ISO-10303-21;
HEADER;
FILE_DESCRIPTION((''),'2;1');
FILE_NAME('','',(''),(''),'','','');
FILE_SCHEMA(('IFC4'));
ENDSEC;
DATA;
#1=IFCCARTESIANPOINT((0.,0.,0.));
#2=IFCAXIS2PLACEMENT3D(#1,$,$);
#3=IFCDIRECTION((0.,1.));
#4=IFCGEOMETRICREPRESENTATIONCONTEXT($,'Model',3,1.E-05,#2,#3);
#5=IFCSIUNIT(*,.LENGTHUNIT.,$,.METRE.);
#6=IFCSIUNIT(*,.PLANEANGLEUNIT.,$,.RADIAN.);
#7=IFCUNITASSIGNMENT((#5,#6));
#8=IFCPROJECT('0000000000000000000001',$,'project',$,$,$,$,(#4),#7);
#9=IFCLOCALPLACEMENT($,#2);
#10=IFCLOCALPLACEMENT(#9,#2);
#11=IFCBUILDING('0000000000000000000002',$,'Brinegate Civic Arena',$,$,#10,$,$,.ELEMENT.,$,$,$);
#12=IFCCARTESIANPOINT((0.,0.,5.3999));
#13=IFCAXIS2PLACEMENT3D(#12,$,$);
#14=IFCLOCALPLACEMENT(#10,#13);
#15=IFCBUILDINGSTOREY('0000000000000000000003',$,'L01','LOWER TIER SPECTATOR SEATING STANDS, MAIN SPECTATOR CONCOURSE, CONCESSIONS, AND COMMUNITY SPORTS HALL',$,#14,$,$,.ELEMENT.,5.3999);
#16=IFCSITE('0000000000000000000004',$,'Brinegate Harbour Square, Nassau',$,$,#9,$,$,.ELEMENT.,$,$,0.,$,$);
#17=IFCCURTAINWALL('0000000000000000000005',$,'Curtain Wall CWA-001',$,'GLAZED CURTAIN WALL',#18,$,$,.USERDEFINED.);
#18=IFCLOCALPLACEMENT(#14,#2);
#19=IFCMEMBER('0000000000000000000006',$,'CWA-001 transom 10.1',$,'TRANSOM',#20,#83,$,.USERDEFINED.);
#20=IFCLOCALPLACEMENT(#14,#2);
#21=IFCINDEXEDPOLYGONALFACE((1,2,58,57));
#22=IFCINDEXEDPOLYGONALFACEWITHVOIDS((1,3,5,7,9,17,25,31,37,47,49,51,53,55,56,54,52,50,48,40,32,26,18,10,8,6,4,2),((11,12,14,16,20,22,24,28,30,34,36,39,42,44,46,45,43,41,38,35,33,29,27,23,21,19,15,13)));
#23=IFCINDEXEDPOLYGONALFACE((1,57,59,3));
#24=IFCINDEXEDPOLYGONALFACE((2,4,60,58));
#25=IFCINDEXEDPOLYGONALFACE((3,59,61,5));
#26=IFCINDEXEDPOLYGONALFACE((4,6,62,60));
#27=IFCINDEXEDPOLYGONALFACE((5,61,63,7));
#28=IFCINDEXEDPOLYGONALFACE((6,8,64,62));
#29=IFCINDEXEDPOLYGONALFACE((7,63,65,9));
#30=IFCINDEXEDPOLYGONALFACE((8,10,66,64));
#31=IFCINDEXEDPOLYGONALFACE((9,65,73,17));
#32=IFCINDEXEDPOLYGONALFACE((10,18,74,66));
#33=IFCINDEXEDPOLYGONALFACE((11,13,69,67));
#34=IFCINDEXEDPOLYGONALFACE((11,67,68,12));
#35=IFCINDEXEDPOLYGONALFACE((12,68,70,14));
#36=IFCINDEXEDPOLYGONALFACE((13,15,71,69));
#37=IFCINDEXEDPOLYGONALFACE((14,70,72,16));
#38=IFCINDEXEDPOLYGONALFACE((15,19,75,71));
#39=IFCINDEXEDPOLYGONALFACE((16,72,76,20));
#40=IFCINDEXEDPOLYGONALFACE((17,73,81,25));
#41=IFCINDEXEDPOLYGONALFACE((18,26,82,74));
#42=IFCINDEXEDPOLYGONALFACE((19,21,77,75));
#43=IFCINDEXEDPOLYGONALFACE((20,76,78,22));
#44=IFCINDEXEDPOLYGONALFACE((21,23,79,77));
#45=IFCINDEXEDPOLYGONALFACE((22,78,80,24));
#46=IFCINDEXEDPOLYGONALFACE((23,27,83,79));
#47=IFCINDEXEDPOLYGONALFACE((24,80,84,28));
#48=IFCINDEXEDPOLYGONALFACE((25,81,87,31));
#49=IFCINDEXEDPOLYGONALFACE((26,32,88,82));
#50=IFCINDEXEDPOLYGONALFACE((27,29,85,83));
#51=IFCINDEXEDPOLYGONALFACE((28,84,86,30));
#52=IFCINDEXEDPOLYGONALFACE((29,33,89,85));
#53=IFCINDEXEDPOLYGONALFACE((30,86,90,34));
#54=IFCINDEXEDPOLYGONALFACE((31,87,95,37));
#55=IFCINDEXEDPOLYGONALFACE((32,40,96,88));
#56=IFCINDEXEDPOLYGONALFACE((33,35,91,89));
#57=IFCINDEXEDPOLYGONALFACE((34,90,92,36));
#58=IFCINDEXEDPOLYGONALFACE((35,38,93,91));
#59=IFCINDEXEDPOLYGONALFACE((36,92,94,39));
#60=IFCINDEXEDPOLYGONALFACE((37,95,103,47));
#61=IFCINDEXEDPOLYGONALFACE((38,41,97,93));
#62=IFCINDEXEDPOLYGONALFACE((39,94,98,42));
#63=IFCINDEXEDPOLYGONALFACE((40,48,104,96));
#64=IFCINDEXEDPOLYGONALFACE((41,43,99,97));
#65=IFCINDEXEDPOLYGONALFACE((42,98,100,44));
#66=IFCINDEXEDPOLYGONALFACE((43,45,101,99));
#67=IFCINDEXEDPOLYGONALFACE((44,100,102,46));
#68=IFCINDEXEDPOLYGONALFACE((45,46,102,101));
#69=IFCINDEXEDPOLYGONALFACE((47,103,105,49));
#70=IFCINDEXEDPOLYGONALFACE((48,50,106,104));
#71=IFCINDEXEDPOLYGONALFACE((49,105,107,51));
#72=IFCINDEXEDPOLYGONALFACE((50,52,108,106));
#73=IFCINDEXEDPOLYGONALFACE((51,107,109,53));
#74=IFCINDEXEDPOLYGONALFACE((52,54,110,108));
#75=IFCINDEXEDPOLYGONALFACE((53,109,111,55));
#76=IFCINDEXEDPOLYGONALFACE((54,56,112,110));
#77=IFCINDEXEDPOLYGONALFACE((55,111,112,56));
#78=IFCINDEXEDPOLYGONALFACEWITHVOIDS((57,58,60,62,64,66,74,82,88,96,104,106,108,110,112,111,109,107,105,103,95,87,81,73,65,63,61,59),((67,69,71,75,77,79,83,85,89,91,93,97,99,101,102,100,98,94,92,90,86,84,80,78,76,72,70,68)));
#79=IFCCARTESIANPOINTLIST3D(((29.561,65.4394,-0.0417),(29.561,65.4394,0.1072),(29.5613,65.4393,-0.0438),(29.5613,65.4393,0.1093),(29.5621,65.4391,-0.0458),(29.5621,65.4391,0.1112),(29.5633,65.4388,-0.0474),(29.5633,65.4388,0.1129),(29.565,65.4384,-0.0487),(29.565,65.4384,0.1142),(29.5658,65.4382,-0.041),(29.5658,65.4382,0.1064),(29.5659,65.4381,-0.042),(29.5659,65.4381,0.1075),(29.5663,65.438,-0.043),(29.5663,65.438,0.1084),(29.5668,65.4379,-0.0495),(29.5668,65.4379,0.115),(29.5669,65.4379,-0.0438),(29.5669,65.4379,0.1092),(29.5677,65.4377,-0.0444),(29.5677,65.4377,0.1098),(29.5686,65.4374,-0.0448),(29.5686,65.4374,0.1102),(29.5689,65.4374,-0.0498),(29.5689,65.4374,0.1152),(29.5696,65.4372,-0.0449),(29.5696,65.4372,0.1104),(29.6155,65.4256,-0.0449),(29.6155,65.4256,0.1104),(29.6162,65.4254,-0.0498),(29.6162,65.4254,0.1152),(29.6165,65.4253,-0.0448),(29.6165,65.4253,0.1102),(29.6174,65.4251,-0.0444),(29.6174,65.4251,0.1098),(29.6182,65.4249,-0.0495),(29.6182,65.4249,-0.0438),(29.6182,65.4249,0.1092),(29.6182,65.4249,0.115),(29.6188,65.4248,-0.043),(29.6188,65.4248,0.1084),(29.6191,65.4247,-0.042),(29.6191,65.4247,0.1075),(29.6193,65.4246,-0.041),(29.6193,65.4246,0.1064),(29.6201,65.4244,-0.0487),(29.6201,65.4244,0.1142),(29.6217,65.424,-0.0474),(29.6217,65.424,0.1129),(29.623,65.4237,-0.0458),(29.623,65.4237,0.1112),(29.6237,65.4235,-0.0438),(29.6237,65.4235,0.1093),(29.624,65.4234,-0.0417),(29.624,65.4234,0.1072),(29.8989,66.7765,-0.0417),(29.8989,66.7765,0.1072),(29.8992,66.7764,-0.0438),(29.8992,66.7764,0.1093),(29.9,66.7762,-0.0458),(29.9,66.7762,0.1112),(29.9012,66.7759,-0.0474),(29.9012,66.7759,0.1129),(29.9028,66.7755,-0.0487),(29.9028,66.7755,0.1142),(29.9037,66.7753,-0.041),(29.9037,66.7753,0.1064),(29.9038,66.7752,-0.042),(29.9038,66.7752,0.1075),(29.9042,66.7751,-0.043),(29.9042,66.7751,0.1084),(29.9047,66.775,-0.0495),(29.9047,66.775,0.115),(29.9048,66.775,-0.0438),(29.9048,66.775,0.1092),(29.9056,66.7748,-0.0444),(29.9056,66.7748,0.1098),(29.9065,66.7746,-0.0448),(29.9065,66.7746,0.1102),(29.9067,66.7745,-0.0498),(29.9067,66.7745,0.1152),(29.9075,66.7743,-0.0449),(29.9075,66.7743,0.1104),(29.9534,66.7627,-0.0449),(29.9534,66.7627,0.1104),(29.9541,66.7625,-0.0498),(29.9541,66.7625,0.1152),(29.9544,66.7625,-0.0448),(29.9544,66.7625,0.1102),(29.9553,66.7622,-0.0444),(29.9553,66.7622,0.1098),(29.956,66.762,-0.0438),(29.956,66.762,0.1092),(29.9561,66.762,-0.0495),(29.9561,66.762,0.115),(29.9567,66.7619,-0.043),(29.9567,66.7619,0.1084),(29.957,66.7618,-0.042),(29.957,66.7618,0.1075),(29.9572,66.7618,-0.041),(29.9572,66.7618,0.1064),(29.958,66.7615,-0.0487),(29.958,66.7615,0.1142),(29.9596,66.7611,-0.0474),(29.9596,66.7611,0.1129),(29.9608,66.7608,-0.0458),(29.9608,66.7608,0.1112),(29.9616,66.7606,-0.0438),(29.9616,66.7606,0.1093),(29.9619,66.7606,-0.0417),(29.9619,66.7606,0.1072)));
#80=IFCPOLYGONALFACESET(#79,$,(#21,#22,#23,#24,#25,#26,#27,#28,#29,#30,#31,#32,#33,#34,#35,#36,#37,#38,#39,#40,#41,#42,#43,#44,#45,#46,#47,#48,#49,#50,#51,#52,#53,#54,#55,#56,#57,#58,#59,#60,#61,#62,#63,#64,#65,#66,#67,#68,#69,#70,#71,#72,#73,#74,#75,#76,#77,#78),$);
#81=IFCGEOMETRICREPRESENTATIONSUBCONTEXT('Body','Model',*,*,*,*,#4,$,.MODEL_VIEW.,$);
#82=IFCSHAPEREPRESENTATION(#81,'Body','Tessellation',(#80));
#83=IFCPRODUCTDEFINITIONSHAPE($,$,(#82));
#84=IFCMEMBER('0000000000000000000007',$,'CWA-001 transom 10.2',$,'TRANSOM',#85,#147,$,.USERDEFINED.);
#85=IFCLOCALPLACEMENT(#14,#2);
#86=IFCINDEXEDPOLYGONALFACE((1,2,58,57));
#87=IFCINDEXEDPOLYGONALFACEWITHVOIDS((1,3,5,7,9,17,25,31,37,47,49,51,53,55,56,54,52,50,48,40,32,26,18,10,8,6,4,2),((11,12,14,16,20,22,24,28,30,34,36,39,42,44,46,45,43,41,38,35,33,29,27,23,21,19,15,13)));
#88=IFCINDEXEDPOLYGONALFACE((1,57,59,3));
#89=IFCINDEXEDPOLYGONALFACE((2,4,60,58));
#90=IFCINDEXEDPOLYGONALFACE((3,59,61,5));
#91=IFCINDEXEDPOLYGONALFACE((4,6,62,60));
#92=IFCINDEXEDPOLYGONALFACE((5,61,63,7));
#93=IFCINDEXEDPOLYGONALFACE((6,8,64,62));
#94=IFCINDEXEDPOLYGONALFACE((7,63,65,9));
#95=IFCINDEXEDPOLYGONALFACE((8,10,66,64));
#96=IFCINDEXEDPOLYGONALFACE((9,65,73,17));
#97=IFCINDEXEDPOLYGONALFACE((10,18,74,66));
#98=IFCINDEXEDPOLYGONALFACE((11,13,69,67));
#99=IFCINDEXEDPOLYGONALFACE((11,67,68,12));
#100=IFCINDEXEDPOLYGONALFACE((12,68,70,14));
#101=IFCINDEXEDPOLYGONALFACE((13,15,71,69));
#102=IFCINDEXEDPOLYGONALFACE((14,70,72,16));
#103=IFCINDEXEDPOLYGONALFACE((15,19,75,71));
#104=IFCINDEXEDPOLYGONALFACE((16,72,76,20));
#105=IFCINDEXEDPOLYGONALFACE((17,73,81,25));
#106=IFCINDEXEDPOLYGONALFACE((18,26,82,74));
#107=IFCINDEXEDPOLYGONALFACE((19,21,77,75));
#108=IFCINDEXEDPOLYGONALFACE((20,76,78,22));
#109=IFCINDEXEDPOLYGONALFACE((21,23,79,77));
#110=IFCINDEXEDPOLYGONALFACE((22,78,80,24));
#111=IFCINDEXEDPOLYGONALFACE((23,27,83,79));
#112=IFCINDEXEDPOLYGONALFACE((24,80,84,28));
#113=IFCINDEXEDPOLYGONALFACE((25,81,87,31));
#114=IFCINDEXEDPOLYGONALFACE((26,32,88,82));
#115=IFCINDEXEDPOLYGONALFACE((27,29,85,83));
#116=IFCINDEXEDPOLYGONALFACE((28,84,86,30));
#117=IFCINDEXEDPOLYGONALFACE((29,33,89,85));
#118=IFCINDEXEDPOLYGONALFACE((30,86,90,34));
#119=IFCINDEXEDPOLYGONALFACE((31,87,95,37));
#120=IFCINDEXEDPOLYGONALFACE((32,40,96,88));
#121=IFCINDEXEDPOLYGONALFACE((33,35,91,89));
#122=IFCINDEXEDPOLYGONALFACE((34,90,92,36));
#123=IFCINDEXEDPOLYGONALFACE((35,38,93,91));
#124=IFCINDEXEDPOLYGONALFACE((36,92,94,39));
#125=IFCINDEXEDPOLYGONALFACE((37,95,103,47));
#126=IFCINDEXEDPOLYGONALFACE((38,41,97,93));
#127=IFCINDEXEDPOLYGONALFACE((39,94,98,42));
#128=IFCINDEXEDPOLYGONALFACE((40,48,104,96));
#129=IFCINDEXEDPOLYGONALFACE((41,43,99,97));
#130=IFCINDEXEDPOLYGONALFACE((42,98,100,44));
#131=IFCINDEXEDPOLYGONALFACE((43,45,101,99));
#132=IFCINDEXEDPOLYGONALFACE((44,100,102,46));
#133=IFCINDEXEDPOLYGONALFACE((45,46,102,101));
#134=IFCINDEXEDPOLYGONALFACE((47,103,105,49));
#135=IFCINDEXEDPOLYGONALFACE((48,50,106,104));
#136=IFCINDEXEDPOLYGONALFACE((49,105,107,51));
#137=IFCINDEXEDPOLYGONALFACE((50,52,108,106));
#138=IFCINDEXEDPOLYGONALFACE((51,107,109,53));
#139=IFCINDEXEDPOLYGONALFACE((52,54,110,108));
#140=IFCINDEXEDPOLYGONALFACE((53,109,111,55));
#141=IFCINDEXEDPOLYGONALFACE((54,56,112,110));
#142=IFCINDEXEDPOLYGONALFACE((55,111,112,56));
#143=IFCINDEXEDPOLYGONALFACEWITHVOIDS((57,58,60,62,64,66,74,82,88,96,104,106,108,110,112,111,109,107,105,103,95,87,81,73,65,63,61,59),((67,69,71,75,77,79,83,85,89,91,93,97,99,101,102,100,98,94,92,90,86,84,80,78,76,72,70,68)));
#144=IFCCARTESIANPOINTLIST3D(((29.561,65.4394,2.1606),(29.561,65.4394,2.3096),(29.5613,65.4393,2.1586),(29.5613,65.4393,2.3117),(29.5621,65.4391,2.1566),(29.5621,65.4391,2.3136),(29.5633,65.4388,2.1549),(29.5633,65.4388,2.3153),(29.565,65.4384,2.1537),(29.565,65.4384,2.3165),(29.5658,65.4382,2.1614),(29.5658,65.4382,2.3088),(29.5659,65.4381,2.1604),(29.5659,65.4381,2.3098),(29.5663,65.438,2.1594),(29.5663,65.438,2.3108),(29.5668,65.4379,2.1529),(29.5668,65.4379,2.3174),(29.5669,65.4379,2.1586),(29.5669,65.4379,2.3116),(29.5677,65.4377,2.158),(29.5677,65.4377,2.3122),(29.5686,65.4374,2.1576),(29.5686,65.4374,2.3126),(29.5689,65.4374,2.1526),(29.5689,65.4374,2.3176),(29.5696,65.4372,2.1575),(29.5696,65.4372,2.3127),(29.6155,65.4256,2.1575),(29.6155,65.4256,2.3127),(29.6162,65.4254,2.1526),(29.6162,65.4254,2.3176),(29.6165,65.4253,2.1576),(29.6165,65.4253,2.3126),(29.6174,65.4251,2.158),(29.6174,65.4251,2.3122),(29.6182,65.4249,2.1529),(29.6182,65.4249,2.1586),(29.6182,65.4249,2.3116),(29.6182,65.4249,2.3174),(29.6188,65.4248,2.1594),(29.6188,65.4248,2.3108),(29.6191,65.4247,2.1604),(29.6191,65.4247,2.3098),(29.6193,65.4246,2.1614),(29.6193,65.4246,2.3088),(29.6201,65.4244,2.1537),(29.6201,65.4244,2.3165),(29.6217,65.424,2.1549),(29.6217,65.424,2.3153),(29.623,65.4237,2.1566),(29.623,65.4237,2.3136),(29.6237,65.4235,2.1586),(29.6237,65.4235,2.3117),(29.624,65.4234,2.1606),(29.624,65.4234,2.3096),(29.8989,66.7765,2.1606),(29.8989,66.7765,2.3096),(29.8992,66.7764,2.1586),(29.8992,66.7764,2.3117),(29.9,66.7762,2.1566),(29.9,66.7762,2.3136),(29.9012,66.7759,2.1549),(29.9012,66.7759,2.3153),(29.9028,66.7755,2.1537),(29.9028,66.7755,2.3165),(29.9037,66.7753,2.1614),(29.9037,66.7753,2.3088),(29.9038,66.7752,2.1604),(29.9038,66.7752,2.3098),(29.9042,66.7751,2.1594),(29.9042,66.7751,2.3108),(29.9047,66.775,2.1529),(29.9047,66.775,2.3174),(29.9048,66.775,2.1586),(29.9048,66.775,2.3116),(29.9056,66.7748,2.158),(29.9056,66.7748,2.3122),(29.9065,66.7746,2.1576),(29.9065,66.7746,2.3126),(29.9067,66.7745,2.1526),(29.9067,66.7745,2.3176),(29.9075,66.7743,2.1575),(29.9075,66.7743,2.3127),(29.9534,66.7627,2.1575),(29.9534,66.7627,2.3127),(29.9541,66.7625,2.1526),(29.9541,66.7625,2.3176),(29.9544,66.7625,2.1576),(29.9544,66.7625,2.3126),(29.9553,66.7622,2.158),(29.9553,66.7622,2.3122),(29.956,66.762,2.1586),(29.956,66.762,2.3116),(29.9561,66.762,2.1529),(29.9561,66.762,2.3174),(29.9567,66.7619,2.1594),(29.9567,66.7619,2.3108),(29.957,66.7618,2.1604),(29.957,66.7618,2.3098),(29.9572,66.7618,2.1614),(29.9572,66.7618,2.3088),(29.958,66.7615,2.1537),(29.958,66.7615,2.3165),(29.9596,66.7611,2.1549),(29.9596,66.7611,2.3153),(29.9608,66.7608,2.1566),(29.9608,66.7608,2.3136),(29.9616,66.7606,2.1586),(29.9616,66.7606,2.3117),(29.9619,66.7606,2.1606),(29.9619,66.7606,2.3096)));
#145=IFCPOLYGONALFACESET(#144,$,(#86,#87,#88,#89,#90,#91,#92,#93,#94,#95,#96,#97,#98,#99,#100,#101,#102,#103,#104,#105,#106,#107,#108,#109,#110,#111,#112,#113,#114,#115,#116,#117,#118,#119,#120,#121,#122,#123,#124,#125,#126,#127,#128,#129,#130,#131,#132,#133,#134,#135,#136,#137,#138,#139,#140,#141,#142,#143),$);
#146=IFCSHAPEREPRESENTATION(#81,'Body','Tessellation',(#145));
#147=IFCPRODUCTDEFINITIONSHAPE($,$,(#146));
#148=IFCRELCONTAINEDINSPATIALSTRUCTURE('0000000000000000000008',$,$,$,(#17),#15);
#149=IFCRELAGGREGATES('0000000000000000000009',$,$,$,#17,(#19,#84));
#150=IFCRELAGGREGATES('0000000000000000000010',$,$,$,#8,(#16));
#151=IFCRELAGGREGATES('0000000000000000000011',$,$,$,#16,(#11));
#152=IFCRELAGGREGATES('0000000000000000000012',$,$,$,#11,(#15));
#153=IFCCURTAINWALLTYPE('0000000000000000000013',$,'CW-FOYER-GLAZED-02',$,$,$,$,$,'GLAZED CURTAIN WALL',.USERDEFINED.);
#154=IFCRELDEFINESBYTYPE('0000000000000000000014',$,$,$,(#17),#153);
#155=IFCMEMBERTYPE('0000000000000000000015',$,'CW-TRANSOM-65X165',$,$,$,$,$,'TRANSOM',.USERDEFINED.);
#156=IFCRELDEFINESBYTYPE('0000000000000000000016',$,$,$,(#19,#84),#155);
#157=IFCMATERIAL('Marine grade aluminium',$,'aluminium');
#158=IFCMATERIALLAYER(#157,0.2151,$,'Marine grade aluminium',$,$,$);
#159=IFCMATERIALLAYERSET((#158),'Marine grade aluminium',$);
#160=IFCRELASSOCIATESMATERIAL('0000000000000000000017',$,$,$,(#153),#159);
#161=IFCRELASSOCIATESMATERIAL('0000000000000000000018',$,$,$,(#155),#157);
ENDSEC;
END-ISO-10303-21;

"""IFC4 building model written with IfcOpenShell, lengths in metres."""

from ifc_helpers import new_model, si_unit, direction, frame, origin, origin_2d, place, context, subcontext, project, spatial, hollow_rectangle, extrude, material, layer, layer_set, material_profile, profile_set, type_object, element, aggregate, save


model = new_model("IFC4")

# Units and contexts
model_context = context("Model", 3, precision=1e-05, world=origin(), true_north=direction((0.0, 1.0)))
body_context = subcontext(model_context, "Body", "Model", "MODEL_VIEW")
ifc_project = project(units=[si_unit("LENGTHUNIT", "METRE"), si_unit("PLANEANGLEUNIT", "RADIAN")], contexts=[model_context])

# Site, building, storey
site_placement = place(None, origin())
site = spatial("IfcSite", under=ifc_project, at=site_placement, Name="Brinegate Harbour Square, Nassau", CompositionType="ELEMENT", RefElevation=0.0)
building_placement = place(site_placement, origin())
building = spatial("IfcBuilding", under=site, at=building_placement, Name="Brinegate Civic Arena", CompositionType="ELEMENT")
storey_placement = place(building_placement, frame((0.0, 0.0, 5.3999)))
storey = spatial("IfcBuildingStorey", under=building, at=storey_placement, Name="L01", Description="LOWER TIER SPECTATOR SEATING STANDS, MAIN SPECTATOR CONCOURSE, CONCESSIONS, AND COMMUNITY SPORTS HALL", CompositionType="ELEMENT", Elevation=5.3999)

# Curtain wall, members
ifc_material_1 = material(Name="Marine grade aluminium", Category="aluminium")
ifc_layer_1 = layer(ifc_material_1, 0.2151, Name="Marine grade aluminium")
ifc_layer_set_1 = layer_set([ifc_layer_1], Name="Marine grade aluminium")
curtain_wall_type = type_object("IfcCurtainWallType", Name="CW-FOYER-GLAZED-02", ElementType="GLAZED CURTAIN WALL", PredefinedType="USERDEFINED", material=ifc_layer_set_1)
curtain_wall_placement = place(storey_placement, origin())
curtain_wall = element("IfcCurtainWall", 1, at=curtain_wall_placement, inside=storey, type_object=curtain_wall_type, Name="Curtain Wall CWA-001", ObjectType="GLAZED CURTAIN WALL", PredefinedType="USERDEFINED")
ifc_material_profile_1 = material_profile(ifc_material_1, hollow_rectangle(XDim=0.0649, YDim=0.165, WallThickness=0.0049, InnerFilletRadius=0.0039, OuterFilletRadius=0.0081, at=origin_2d()), Name="TRN65X165")
ifc_profile_set_1 = profile_set([ifc_material_profile_1], Name="Marine grade aluminium")
member_type_1 = type_object("IfcMemberType", Name="CW-TRANSOM-65X165", ElementType="TRANSOM", PredefinedType="USERDEFINED", material=ifc_profile_set_1)
member_1_placement = place(storey_placement, frame((29.5925, 65.4314, 0.0327), z_axis=(0.244992, 0.969525, 0.0), x_axis=(-0.969525, 0.244992, 0.0)))
member_1 = element("IfcMember", 2, at=member_1_placement, type_object=member_type_1, Name="CWA-001 transom 10.1", ObjectType="TRANSOM", PredefinedType="USERDEFINED", context=body_context, shape_type="SweptSolid", body=[
    extrude(hollow_rectangle(XDim=0.0649, YDim=0.165, WallThickness=0.0049, InnerFilletRadius=0.0039, OuterFilletRadius=0.0081, at=origin_2d()), origin(), (0.0, 0.0, 1.0), 1.3792),
])
member_2_placement = place(storey_placement, frame((29.5925, 65.4314, 2.2351), z_axis=(0.244992, 0.969525, 0.0), x_axis=(-0.969525, 0.244992, 0.0)))
member_2 = element("IfcMember", 3, at=member_2_placement, type_object=member_type_1, Name="CWA-001 transom 10.2", ObjectType="TRANSOM", PredefinedType="USERDEFINED", context=body_context, shape_type="SweptSolid", body=[
    extrude(hollow_rectangle(XDim=0.0649, YDim=0.165, WallThickness=0.0049, InnerFilletRadius=0.0039, OuterFilletRadius=0.0081, at=origin_2d()), origin(), (0.0, 0.0, 1.0), 1.3792),
])
aggregate(curtain_wall, [member_1, member_2])

save(model, "model.ifc")
